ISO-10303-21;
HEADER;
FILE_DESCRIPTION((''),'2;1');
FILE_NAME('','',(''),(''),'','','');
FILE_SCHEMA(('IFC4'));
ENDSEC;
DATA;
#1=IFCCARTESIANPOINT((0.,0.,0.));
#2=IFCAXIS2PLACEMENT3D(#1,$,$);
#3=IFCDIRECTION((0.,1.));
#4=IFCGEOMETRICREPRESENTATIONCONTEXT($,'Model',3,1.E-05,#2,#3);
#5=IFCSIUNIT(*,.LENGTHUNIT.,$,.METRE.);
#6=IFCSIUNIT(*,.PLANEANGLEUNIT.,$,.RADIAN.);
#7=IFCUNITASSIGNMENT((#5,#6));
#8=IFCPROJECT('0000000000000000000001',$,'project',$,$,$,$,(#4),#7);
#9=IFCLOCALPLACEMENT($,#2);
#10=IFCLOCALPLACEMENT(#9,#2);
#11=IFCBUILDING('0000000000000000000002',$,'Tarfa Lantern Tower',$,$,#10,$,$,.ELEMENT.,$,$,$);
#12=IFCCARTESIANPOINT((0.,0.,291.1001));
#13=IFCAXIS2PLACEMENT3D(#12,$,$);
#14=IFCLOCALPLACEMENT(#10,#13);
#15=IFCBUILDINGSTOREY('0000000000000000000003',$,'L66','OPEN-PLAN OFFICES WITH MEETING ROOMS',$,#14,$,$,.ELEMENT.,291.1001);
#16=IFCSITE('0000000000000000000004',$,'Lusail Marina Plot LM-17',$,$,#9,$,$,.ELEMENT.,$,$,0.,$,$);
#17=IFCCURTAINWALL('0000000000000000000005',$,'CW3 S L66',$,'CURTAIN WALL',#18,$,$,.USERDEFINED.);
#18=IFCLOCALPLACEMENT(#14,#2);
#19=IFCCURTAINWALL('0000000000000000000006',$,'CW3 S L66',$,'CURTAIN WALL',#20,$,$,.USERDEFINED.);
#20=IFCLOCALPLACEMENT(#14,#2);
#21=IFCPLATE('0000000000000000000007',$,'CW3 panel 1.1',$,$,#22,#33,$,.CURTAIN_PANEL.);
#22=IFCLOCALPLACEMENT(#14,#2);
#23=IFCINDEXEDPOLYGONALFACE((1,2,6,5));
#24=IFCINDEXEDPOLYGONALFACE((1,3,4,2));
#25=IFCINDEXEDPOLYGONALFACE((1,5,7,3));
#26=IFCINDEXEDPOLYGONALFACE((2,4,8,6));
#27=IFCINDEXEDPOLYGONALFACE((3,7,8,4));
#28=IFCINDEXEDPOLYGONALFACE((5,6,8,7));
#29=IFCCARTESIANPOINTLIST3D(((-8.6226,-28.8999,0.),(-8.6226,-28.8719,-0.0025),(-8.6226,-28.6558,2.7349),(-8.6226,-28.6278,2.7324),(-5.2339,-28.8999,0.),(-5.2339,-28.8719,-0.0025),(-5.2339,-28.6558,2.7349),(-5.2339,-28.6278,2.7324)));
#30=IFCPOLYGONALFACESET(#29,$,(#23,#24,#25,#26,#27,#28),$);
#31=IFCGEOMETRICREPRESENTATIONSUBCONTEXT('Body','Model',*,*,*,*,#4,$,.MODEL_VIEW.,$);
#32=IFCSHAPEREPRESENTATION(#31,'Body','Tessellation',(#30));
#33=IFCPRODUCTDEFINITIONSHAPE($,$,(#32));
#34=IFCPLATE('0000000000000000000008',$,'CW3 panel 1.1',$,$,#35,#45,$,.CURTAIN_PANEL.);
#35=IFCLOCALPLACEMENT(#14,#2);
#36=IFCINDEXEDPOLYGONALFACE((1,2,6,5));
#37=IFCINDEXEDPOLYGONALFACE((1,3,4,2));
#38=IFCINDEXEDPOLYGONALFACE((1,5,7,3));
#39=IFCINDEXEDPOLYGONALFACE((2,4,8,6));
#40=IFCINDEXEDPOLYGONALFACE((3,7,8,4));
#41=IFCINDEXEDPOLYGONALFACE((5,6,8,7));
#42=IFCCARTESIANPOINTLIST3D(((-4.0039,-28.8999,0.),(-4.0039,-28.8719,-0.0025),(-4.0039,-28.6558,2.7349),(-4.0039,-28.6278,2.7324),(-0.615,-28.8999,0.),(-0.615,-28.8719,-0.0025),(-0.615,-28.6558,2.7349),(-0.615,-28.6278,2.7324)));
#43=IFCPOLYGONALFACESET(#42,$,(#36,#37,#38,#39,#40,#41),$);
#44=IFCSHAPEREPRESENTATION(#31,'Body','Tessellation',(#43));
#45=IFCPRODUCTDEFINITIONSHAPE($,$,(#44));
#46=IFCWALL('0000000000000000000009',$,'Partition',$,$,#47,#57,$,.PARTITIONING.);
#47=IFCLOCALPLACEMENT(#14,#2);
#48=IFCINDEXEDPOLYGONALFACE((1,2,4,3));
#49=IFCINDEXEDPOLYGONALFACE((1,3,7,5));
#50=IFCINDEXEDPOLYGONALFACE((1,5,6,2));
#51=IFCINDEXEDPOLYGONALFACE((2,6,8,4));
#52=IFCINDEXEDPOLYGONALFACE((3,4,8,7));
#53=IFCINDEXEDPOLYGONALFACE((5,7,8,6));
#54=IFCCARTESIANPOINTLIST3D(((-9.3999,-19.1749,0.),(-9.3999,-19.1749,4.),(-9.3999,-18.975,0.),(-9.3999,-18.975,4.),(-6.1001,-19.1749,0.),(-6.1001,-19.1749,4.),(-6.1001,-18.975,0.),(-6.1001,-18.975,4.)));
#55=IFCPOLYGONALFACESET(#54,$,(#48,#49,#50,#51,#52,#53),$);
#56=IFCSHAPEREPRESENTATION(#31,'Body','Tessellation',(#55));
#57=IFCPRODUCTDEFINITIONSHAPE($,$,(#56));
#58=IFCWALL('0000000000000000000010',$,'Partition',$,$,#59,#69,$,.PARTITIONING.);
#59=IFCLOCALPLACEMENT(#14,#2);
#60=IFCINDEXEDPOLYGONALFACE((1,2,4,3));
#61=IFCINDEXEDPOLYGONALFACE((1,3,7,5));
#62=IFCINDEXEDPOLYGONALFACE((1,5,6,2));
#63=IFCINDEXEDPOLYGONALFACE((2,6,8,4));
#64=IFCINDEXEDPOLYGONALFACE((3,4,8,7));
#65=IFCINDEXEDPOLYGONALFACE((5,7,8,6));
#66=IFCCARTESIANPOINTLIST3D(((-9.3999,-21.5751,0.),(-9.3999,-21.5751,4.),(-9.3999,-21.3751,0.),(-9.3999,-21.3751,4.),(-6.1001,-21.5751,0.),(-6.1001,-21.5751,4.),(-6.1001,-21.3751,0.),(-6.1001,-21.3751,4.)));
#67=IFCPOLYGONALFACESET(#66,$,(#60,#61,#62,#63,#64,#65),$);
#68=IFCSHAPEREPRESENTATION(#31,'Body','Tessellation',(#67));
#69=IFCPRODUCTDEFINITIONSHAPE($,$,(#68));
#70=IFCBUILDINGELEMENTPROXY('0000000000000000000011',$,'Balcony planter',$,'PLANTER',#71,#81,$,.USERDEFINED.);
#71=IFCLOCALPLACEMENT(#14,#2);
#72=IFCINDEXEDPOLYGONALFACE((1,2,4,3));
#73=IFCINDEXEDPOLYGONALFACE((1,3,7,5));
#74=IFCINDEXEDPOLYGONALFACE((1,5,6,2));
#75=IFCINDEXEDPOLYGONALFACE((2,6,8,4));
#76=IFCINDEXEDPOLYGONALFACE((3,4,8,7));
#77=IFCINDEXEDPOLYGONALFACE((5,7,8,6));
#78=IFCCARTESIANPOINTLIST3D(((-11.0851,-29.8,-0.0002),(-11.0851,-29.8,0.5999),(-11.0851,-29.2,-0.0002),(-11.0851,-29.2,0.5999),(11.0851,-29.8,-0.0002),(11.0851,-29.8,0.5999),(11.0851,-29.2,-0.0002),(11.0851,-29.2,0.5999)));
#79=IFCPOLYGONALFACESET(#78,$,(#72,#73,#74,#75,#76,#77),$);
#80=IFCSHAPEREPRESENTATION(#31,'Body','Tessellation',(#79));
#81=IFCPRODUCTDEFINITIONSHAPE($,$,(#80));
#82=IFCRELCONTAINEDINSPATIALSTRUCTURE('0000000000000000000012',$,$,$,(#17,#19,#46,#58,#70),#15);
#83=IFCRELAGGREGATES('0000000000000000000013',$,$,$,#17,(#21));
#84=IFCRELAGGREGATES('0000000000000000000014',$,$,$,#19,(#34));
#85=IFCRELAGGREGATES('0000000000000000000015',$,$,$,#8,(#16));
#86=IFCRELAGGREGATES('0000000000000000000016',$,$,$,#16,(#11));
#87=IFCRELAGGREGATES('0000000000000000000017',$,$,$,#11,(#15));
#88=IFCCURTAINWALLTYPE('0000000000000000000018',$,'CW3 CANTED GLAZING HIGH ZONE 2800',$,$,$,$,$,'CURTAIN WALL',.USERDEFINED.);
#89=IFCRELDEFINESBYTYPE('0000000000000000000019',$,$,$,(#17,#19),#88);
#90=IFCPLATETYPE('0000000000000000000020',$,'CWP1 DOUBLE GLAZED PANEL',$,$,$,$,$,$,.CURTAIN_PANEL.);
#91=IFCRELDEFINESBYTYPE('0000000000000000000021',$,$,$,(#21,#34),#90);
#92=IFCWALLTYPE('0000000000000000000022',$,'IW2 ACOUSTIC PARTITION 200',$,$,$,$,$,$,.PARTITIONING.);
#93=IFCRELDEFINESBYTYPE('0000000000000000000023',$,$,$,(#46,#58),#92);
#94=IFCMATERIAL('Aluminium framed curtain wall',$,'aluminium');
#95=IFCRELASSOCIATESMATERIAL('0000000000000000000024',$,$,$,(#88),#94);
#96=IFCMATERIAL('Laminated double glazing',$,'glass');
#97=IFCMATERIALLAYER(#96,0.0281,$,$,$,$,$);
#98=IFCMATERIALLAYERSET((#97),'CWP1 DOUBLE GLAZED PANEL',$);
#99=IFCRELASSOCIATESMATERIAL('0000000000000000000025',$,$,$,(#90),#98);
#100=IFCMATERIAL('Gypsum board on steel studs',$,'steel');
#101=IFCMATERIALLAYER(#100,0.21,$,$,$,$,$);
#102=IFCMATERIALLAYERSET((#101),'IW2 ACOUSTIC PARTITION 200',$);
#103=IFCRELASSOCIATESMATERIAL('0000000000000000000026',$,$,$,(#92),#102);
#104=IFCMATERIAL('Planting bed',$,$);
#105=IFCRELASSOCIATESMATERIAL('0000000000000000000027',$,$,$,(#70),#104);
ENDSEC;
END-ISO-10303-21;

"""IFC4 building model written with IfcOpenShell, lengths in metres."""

from ifc_helpers import new_model, si_unit, direction, frame, frame_2d, origin, origin_2d, place, context, subcontext, project, spatial, polyline, rectangle, outline, extrude, material, layer, layer_set, type_object, element, aggregate, save


model = new_model("IFC4")

# Units and contexts
model_context = context("Model", 3, precision=1e-05, world=origin(), true_north=direction((0.0, 1.0)))
body_context = subcontext(model_context, "Body", "Model", "MODEL_VIEW")
ifc_project = project(units=[si_unit("LENGTHUNIT", "METRE"), si_unit("PLANEANGLEUNIT", "RADIAN")], contexts=[model_context])

# Site, building, storey
site_placement = place(None, origin())
site = spatial("IfcSite", under=ifc_project, at=site_placement, Name="Lusail Marina Plot LM-17", CompositionType="ELEMENT", RefElevation=0.0)
building_placement = place(site_placement, origin())
building = spatial("IfcBuilding", under=site, at=building_placement, Name="Tarfa Lantern Tower", CompositionType="ELEMENT")
storey_placement = place(building_placement, frame((0.0, 0.0, 291.1001)))
storey = spatial("IfcBuildingStorey", under=building, at=storey_placement, Name="L66", Description="OPEN-PLAN OFFICES WITH MEETING ROOMS", CompositionType="ELEMENT", Elevation=291.1001)

# Shared definitions
ifc_material_1 = material(Name="Aluminium framed curtain wall", Category="aluminium")
curtain_wall_type = type_object("IfcCurtainWallType", Name="CW3 CANTED GLAZING HIGH ZONE 2800", ElementType="CURTAIN WALL", PredefinedType="USERDEFINED", material=ifc_material_1)

# Curtain walls
curtain_wall_1_placement = place(storey_placement, origin())
curtain_wall_1 = element("IfcCurtainWall", 1, at=curtain_wall_1_placement, inside=storey, type_object=curtain_wall_type, Name="CW3 S L66", ObjectType="CURTAIN WALL", PredefinedType="USERDEFINED")
curtain_wall_2_placement = place(storey_placement, origin())
curtain_wall_2 = element("IfcCurtainWall", 2, at=curtain_wall_2_placement, inside=storey, type_object=curtain_wall_type, Name="CW3 S L66", ObjectType="CURTAIN WALL", PredefinedType="USERDEFINED")

# Plates
ifc_material_2 = material(Name="Laminated double glazing", Category="glass")
ifc_layer_1 = layer(ifc_material_2, 0.0281)
ifc_layer_set_1 = layer_set([ifc_layer_1], Name="CWP1 DOUBLE GLAZED PANEL")
plate_type = type_object("IfcPlateType", Name="CWP1 DOUBLE GLAZED PANEL", PredefinedType="CURTAIN_PANEL", material=ifc_layer_set_1)
plate_1_placement = place(storey_placement, frame((-8.6226, -28.8999, 0.0), z_axis=(0.0, -0.996039, 0.088916), x_axis=(1.0, 0.0, 0.0)))
plate_1 = element("IfcPlate", 3, at=plate_1_placement, type_object=plate_type, Name="CW3 panel 1.1", PredefinedType="CURTAIN_PANEL", context=body_context, shape_type="SweptSolid", body=[
    extrude(outline(polyline([(0.0, 0.0), (3.3887, 0.0), (3.3887, 2.7457), (0.0, 2.7457), (0.0, 0.0)])), origin(), (0.0, 0.0, -1.0), 0.0281),
])
aggregate(curtain_wall_1, [plate_1])
plate_2_placement = place(storey_placement, frame((-4.0039, -28.8999, 0.0), z_axis=(0.0, -0.996039, 0.088916), x_axis=(1.0, 0.0, 0.0)))
plate_2 = element("IfcPlate", 4, at=plate_2_placement, type_object=plate_type, Name="CW3 panel 1.1", PredefinedType="CURTAIN_PANEL", context=body_context, shape_type="SweptSolid", body=[
    extrude(outline(polyline([(0.0, 0.0), (3.3889, 0.0), (3.3889, 2.7457), (0.0, 2.7457), (0.0, 0.0)])), origin(), (0.0, 0.0, -1.0), 0.0281),
])
aggregate(curtain_wall_2, [plate_2])

# Walls
ifc_material_3 = material(Name="Gypsum board on steel studs", Category="steel")
ifc_layer_2 = layer(ifc_material_3, 0.21)
ifc_layer_set_2 = layer_set([ifc_layer_2], Name="IW2 ACOUSTIC PARTITION 200")
wall_type = type_object("IfcWallType", Name="IW2 ACOUSTIC PARTITION 200", PredefinedType="PARTITIONING", material=ifc_layer_set_2)
for number, where, z_axis, x_axis, name in (
    (5, (-6.1001, -19.075, 0.0), (0.0, 0.0, 1.0), (-1.0, 0.0, 0.0), "Partition"),
    (6, (-6.1001, -21.4751, 0.0), (0.0, 0.0, 1.0), (-1.0, 0.0, 0.0), "Partition"),
):
    element("IfcWall", number, at=place(storey_placement, frame(where, z_axis=z_axis, x_axis=x_axis)), inside=storey, type_object=wall_type, Name=name, PredefinedType="PARTITIONING", context=body_context, shape_type="SweptSolid", body=[
        extrude(rectangle(XDim=3.2998, YDim=0.2, at=frame_2d((1.6499, 0.0))), origin(), (0.0, 0.0, 1.0), 4.0),
    ])

# Building element proxy
ifc_material_4 = material(Name="Planting bed")
proxy_placement = place(storey_placement, frame((0.0, -29.5, -0.0002), z_axis=(0.0, 0.0, 1.0), x_axis=(1.0, 0.0, 0.0)))
element("IfcBuildingElementProxy", 7, at=proxy_placement, inside=storey, material=ifc_material_4, Name="Balcony planter", ObjectType="PLANTER", PredefinedType="USERDEFINED", context=body_context, shape_type="SweptSolid", body=[
    extrude(rectangle(XDim=22.1702, YDim=0.6001, at=origin_2d()), origin(), (0.0, 0.0, 1.0), 0.6001),
])

save(model, "model.ifc")
